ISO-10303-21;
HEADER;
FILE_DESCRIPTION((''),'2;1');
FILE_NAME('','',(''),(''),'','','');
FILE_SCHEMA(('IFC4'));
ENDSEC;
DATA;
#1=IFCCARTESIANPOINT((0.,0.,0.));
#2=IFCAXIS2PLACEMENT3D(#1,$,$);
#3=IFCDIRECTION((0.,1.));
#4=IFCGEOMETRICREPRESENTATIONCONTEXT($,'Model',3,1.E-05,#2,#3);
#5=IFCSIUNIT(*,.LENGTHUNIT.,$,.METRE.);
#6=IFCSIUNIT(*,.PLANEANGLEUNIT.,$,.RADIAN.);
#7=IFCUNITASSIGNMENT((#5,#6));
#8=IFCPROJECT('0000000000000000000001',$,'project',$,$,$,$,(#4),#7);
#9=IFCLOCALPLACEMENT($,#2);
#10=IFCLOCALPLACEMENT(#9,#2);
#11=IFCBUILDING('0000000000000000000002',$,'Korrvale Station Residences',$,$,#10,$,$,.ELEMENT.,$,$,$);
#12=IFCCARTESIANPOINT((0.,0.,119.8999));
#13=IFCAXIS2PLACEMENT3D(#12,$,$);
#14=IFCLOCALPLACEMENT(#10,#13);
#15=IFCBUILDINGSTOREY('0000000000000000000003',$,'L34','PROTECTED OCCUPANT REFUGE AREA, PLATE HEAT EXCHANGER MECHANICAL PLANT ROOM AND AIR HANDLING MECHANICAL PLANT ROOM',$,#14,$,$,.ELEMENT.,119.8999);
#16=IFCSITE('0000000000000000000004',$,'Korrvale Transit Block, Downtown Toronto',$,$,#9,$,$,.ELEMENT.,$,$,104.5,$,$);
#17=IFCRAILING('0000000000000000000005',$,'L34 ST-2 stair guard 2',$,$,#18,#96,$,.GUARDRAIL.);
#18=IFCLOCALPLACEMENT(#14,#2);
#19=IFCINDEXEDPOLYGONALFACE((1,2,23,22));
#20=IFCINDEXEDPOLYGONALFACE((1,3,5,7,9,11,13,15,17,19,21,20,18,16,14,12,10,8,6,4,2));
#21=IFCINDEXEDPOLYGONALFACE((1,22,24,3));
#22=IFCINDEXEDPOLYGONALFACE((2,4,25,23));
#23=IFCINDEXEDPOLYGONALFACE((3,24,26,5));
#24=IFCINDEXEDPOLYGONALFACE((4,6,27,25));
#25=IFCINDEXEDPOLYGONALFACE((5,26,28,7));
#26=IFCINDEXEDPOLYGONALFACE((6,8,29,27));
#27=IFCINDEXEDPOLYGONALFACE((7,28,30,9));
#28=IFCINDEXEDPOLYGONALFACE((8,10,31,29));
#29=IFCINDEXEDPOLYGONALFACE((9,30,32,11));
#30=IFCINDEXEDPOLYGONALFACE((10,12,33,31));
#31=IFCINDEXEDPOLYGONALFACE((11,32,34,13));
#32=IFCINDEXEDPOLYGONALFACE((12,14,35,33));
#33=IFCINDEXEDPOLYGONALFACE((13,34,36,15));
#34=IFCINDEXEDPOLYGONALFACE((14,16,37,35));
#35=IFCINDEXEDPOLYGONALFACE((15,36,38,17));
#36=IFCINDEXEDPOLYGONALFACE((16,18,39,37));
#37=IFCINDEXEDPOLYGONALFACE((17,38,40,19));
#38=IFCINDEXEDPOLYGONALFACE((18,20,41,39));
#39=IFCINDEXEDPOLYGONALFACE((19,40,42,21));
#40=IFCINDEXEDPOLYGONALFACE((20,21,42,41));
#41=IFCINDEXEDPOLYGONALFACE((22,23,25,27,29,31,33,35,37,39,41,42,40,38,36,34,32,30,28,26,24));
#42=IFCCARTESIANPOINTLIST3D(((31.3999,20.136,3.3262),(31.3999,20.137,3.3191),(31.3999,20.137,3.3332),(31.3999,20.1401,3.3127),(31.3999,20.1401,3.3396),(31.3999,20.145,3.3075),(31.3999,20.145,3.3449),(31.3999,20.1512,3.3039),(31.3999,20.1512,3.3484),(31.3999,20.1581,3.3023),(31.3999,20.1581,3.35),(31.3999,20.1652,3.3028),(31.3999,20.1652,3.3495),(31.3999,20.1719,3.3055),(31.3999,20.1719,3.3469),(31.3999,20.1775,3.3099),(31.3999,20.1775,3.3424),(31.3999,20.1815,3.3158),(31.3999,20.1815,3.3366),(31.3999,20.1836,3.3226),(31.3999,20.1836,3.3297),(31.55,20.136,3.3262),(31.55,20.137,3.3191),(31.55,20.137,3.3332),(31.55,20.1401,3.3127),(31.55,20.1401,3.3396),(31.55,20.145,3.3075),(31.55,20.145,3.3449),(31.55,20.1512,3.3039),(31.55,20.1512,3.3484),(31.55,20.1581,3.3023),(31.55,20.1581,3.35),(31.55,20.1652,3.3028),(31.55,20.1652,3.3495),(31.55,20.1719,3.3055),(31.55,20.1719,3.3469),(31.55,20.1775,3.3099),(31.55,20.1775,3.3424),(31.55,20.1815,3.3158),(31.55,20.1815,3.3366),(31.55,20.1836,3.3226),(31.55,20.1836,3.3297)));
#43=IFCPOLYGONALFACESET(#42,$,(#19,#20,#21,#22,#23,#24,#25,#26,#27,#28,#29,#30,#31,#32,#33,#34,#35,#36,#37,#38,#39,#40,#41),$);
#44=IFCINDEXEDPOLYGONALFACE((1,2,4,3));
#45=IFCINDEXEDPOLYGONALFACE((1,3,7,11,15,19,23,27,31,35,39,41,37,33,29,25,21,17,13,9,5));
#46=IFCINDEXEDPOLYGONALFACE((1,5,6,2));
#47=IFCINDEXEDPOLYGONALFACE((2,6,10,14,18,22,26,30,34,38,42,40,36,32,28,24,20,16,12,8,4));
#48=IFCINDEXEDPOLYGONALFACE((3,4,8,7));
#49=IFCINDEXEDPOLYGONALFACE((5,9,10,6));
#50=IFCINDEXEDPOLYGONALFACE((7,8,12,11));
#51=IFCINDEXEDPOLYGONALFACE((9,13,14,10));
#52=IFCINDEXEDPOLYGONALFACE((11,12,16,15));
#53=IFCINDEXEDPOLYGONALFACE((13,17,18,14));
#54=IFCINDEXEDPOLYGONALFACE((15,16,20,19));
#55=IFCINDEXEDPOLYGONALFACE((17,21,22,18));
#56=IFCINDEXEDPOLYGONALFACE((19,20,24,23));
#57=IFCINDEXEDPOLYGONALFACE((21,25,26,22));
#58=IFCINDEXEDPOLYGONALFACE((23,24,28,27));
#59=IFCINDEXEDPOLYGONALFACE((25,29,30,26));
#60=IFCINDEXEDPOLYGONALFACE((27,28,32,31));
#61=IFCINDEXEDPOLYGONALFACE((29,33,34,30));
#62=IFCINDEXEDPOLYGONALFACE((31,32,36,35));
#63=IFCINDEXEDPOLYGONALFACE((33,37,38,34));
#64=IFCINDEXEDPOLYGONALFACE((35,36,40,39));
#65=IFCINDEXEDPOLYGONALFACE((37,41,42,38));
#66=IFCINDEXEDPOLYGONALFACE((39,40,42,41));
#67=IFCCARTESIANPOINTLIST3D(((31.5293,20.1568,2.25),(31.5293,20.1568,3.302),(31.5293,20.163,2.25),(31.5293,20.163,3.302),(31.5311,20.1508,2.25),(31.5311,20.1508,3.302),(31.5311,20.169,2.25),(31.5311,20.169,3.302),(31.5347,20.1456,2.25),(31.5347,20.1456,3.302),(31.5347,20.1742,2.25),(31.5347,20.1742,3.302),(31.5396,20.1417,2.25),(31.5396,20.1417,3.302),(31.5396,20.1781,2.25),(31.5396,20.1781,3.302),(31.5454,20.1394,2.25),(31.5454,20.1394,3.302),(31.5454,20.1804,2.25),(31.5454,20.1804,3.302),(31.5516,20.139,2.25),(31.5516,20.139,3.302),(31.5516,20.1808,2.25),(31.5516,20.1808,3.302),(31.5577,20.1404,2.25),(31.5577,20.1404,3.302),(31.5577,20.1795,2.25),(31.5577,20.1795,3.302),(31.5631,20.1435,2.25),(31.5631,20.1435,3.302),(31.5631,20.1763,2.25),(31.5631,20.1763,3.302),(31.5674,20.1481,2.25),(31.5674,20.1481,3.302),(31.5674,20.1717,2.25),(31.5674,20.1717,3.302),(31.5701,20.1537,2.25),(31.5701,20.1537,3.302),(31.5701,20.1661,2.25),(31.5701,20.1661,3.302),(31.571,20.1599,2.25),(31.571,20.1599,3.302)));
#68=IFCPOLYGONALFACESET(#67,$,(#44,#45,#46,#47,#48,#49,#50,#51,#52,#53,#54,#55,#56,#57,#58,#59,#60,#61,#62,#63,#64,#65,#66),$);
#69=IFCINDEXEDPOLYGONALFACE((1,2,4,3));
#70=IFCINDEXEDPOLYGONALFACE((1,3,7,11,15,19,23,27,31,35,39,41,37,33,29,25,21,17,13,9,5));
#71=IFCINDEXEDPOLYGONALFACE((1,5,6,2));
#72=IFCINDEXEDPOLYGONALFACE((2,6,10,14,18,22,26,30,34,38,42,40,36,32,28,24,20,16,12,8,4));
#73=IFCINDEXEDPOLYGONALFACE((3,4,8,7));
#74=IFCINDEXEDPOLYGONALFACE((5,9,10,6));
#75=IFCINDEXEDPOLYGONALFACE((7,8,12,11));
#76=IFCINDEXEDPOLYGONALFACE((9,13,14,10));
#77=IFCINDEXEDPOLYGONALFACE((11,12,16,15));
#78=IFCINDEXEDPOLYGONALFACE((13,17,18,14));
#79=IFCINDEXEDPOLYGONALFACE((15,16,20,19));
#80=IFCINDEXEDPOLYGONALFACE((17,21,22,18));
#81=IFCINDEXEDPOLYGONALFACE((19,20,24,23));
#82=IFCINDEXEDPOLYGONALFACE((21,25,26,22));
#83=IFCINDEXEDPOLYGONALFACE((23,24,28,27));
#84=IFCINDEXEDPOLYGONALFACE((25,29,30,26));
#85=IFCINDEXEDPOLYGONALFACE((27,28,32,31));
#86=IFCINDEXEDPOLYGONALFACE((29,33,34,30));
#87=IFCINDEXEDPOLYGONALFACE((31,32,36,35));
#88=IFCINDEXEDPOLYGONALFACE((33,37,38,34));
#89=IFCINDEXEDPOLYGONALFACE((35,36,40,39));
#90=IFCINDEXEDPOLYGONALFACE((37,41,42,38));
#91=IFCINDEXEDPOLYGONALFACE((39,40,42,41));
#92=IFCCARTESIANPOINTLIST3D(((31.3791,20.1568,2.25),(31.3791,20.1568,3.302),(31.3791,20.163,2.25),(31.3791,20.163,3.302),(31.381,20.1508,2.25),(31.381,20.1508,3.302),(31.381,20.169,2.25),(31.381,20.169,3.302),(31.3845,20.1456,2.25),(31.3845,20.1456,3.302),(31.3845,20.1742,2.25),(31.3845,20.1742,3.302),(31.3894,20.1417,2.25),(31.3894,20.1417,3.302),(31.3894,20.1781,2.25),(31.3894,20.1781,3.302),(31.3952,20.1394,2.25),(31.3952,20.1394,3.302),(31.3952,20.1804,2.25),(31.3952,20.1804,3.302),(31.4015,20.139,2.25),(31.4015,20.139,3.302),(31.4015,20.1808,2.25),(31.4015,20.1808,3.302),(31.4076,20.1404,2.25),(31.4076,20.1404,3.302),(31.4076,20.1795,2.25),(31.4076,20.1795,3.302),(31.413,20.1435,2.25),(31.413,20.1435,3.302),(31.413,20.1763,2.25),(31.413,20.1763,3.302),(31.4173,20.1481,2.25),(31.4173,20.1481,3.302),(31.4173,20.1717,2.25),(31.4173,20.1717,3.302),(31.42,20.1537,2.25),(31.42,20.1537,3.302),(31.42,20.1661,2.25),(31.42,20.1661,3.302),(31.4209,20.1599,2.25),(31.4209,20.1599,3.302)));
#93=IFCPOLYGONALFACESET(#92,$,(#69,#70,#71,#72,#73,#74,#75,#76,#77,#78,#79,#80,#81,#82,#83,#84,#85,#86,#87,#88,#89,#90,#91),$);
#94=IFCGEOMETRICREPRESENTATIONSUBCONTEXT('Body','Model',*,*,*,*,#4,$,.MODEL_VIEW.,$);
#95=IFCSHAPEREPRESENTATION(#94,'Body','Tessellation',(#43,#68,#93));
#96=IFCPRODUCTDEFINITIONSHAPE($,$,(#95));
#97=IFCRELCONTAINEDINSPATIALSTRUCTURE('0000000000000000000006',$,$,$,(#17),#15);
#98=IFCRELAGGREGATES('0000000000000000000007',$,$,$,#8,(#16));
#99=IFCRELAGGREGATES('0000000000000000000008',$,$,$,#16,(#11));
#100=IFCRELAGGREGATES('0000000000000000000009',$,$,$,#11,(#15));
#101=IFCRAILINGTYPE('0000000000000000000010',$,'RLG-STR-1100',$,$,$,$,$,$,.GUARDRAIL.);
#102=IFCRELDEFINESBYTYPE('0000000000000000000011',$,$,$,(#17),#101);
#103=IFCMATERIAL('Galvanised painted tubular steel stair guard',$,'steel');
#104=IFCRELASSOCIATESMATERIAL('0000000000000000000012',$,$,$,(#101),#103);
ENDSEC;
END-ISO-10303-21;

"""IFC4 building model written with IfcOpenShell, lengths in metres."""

from ifc_helpers import new_model, si_unit, direction, frame, origin, origin_2d, place, context, subcontext, project, spatial, circle, extrude, material, type_object, element, save


model = new_model("IFC4")

# Units and contexts
model_context = context("Model", 3, precision=1e-05, world=origin(), true_north=direction((0.0, 1.0)))
body_context = subcontext(model_context, "Body", "Model", "MODEL_VIEW")
ifc_project = project(units=[si_unit("LENGTHUNIT", "METRE"), si_unit("PLANEANGLEUNIT", "RADIAN")], contexts=[model_context])

# Site, building, storey
site_placement = place(None, origin())
site = spatial("IfcSite", under=ifc_project, at=site_placement, Name="Korrvale Transit Block, Downtown Toronto", CompositionType="ELEMENT", RefElevation=104.5)
building_placement = place(site_placement, origin())
building = spatial("IfcBuilding", under=site, at=building_placement, Name="Korrvale Station Residences", CompositionType="ELEMENT")
storey_placement = place(building_placement, frame((0.0, 0.0, 119.8999)))
storey = spatial("IfcBuildingStorey", under=building, at=storey_placement, Name="L34", Description="PROTECTED OCCUPANT REFUGE AREA, PLATE HEAT EXCHANGER MECHANICAL PLANT ROOM AND AIR HANDLING MECHANICAL PLANT ROOM", CompositionType="ELEMENT", Elevation=119.8999)

# Railing
ifc_material_1 = material(Name="Galvanised painted tubular steel stair guard", Category="steel")
railing_type_1 = type_object("IfcRailingType", Name="RLG-STR-1100", PredefinedType="GUARDRAIL", material=ifc_material_1)
railing_1_placement = place(storey_placement, frame((31.55, 20.1599, 2.25)))
element("IfcRailing", 1, at=railing_1_placement, inside=storey, type_object=railing_type_1, Name="L34 ST-2 stair guard 2", PredefinedType="GUARDRAIL", context=body_context, shape_type="SweptSolid", body=[
    extrude(circle(Radius=0.0239, at=origin_2d()), frame((0.0, 0.0, 1.0762), z_axis=(-1.0, 0.0, 0.0), x_axis=(0.0, -1.0, 0.0)), (0.0, 0.0, 1.0), 0.1501),
    extrude(circle(Radius=0.021, at=origin_2d()), origin(), (0.0, 0.0, 1.0), 1.052),
    extrude(circle(Radius=0.021, at=origin_2d()), frame((-0.1501, 0.0, 0.0)), (0.0, 0.0, 1.0), 1.052),
])

save(model, "model.ifc")
